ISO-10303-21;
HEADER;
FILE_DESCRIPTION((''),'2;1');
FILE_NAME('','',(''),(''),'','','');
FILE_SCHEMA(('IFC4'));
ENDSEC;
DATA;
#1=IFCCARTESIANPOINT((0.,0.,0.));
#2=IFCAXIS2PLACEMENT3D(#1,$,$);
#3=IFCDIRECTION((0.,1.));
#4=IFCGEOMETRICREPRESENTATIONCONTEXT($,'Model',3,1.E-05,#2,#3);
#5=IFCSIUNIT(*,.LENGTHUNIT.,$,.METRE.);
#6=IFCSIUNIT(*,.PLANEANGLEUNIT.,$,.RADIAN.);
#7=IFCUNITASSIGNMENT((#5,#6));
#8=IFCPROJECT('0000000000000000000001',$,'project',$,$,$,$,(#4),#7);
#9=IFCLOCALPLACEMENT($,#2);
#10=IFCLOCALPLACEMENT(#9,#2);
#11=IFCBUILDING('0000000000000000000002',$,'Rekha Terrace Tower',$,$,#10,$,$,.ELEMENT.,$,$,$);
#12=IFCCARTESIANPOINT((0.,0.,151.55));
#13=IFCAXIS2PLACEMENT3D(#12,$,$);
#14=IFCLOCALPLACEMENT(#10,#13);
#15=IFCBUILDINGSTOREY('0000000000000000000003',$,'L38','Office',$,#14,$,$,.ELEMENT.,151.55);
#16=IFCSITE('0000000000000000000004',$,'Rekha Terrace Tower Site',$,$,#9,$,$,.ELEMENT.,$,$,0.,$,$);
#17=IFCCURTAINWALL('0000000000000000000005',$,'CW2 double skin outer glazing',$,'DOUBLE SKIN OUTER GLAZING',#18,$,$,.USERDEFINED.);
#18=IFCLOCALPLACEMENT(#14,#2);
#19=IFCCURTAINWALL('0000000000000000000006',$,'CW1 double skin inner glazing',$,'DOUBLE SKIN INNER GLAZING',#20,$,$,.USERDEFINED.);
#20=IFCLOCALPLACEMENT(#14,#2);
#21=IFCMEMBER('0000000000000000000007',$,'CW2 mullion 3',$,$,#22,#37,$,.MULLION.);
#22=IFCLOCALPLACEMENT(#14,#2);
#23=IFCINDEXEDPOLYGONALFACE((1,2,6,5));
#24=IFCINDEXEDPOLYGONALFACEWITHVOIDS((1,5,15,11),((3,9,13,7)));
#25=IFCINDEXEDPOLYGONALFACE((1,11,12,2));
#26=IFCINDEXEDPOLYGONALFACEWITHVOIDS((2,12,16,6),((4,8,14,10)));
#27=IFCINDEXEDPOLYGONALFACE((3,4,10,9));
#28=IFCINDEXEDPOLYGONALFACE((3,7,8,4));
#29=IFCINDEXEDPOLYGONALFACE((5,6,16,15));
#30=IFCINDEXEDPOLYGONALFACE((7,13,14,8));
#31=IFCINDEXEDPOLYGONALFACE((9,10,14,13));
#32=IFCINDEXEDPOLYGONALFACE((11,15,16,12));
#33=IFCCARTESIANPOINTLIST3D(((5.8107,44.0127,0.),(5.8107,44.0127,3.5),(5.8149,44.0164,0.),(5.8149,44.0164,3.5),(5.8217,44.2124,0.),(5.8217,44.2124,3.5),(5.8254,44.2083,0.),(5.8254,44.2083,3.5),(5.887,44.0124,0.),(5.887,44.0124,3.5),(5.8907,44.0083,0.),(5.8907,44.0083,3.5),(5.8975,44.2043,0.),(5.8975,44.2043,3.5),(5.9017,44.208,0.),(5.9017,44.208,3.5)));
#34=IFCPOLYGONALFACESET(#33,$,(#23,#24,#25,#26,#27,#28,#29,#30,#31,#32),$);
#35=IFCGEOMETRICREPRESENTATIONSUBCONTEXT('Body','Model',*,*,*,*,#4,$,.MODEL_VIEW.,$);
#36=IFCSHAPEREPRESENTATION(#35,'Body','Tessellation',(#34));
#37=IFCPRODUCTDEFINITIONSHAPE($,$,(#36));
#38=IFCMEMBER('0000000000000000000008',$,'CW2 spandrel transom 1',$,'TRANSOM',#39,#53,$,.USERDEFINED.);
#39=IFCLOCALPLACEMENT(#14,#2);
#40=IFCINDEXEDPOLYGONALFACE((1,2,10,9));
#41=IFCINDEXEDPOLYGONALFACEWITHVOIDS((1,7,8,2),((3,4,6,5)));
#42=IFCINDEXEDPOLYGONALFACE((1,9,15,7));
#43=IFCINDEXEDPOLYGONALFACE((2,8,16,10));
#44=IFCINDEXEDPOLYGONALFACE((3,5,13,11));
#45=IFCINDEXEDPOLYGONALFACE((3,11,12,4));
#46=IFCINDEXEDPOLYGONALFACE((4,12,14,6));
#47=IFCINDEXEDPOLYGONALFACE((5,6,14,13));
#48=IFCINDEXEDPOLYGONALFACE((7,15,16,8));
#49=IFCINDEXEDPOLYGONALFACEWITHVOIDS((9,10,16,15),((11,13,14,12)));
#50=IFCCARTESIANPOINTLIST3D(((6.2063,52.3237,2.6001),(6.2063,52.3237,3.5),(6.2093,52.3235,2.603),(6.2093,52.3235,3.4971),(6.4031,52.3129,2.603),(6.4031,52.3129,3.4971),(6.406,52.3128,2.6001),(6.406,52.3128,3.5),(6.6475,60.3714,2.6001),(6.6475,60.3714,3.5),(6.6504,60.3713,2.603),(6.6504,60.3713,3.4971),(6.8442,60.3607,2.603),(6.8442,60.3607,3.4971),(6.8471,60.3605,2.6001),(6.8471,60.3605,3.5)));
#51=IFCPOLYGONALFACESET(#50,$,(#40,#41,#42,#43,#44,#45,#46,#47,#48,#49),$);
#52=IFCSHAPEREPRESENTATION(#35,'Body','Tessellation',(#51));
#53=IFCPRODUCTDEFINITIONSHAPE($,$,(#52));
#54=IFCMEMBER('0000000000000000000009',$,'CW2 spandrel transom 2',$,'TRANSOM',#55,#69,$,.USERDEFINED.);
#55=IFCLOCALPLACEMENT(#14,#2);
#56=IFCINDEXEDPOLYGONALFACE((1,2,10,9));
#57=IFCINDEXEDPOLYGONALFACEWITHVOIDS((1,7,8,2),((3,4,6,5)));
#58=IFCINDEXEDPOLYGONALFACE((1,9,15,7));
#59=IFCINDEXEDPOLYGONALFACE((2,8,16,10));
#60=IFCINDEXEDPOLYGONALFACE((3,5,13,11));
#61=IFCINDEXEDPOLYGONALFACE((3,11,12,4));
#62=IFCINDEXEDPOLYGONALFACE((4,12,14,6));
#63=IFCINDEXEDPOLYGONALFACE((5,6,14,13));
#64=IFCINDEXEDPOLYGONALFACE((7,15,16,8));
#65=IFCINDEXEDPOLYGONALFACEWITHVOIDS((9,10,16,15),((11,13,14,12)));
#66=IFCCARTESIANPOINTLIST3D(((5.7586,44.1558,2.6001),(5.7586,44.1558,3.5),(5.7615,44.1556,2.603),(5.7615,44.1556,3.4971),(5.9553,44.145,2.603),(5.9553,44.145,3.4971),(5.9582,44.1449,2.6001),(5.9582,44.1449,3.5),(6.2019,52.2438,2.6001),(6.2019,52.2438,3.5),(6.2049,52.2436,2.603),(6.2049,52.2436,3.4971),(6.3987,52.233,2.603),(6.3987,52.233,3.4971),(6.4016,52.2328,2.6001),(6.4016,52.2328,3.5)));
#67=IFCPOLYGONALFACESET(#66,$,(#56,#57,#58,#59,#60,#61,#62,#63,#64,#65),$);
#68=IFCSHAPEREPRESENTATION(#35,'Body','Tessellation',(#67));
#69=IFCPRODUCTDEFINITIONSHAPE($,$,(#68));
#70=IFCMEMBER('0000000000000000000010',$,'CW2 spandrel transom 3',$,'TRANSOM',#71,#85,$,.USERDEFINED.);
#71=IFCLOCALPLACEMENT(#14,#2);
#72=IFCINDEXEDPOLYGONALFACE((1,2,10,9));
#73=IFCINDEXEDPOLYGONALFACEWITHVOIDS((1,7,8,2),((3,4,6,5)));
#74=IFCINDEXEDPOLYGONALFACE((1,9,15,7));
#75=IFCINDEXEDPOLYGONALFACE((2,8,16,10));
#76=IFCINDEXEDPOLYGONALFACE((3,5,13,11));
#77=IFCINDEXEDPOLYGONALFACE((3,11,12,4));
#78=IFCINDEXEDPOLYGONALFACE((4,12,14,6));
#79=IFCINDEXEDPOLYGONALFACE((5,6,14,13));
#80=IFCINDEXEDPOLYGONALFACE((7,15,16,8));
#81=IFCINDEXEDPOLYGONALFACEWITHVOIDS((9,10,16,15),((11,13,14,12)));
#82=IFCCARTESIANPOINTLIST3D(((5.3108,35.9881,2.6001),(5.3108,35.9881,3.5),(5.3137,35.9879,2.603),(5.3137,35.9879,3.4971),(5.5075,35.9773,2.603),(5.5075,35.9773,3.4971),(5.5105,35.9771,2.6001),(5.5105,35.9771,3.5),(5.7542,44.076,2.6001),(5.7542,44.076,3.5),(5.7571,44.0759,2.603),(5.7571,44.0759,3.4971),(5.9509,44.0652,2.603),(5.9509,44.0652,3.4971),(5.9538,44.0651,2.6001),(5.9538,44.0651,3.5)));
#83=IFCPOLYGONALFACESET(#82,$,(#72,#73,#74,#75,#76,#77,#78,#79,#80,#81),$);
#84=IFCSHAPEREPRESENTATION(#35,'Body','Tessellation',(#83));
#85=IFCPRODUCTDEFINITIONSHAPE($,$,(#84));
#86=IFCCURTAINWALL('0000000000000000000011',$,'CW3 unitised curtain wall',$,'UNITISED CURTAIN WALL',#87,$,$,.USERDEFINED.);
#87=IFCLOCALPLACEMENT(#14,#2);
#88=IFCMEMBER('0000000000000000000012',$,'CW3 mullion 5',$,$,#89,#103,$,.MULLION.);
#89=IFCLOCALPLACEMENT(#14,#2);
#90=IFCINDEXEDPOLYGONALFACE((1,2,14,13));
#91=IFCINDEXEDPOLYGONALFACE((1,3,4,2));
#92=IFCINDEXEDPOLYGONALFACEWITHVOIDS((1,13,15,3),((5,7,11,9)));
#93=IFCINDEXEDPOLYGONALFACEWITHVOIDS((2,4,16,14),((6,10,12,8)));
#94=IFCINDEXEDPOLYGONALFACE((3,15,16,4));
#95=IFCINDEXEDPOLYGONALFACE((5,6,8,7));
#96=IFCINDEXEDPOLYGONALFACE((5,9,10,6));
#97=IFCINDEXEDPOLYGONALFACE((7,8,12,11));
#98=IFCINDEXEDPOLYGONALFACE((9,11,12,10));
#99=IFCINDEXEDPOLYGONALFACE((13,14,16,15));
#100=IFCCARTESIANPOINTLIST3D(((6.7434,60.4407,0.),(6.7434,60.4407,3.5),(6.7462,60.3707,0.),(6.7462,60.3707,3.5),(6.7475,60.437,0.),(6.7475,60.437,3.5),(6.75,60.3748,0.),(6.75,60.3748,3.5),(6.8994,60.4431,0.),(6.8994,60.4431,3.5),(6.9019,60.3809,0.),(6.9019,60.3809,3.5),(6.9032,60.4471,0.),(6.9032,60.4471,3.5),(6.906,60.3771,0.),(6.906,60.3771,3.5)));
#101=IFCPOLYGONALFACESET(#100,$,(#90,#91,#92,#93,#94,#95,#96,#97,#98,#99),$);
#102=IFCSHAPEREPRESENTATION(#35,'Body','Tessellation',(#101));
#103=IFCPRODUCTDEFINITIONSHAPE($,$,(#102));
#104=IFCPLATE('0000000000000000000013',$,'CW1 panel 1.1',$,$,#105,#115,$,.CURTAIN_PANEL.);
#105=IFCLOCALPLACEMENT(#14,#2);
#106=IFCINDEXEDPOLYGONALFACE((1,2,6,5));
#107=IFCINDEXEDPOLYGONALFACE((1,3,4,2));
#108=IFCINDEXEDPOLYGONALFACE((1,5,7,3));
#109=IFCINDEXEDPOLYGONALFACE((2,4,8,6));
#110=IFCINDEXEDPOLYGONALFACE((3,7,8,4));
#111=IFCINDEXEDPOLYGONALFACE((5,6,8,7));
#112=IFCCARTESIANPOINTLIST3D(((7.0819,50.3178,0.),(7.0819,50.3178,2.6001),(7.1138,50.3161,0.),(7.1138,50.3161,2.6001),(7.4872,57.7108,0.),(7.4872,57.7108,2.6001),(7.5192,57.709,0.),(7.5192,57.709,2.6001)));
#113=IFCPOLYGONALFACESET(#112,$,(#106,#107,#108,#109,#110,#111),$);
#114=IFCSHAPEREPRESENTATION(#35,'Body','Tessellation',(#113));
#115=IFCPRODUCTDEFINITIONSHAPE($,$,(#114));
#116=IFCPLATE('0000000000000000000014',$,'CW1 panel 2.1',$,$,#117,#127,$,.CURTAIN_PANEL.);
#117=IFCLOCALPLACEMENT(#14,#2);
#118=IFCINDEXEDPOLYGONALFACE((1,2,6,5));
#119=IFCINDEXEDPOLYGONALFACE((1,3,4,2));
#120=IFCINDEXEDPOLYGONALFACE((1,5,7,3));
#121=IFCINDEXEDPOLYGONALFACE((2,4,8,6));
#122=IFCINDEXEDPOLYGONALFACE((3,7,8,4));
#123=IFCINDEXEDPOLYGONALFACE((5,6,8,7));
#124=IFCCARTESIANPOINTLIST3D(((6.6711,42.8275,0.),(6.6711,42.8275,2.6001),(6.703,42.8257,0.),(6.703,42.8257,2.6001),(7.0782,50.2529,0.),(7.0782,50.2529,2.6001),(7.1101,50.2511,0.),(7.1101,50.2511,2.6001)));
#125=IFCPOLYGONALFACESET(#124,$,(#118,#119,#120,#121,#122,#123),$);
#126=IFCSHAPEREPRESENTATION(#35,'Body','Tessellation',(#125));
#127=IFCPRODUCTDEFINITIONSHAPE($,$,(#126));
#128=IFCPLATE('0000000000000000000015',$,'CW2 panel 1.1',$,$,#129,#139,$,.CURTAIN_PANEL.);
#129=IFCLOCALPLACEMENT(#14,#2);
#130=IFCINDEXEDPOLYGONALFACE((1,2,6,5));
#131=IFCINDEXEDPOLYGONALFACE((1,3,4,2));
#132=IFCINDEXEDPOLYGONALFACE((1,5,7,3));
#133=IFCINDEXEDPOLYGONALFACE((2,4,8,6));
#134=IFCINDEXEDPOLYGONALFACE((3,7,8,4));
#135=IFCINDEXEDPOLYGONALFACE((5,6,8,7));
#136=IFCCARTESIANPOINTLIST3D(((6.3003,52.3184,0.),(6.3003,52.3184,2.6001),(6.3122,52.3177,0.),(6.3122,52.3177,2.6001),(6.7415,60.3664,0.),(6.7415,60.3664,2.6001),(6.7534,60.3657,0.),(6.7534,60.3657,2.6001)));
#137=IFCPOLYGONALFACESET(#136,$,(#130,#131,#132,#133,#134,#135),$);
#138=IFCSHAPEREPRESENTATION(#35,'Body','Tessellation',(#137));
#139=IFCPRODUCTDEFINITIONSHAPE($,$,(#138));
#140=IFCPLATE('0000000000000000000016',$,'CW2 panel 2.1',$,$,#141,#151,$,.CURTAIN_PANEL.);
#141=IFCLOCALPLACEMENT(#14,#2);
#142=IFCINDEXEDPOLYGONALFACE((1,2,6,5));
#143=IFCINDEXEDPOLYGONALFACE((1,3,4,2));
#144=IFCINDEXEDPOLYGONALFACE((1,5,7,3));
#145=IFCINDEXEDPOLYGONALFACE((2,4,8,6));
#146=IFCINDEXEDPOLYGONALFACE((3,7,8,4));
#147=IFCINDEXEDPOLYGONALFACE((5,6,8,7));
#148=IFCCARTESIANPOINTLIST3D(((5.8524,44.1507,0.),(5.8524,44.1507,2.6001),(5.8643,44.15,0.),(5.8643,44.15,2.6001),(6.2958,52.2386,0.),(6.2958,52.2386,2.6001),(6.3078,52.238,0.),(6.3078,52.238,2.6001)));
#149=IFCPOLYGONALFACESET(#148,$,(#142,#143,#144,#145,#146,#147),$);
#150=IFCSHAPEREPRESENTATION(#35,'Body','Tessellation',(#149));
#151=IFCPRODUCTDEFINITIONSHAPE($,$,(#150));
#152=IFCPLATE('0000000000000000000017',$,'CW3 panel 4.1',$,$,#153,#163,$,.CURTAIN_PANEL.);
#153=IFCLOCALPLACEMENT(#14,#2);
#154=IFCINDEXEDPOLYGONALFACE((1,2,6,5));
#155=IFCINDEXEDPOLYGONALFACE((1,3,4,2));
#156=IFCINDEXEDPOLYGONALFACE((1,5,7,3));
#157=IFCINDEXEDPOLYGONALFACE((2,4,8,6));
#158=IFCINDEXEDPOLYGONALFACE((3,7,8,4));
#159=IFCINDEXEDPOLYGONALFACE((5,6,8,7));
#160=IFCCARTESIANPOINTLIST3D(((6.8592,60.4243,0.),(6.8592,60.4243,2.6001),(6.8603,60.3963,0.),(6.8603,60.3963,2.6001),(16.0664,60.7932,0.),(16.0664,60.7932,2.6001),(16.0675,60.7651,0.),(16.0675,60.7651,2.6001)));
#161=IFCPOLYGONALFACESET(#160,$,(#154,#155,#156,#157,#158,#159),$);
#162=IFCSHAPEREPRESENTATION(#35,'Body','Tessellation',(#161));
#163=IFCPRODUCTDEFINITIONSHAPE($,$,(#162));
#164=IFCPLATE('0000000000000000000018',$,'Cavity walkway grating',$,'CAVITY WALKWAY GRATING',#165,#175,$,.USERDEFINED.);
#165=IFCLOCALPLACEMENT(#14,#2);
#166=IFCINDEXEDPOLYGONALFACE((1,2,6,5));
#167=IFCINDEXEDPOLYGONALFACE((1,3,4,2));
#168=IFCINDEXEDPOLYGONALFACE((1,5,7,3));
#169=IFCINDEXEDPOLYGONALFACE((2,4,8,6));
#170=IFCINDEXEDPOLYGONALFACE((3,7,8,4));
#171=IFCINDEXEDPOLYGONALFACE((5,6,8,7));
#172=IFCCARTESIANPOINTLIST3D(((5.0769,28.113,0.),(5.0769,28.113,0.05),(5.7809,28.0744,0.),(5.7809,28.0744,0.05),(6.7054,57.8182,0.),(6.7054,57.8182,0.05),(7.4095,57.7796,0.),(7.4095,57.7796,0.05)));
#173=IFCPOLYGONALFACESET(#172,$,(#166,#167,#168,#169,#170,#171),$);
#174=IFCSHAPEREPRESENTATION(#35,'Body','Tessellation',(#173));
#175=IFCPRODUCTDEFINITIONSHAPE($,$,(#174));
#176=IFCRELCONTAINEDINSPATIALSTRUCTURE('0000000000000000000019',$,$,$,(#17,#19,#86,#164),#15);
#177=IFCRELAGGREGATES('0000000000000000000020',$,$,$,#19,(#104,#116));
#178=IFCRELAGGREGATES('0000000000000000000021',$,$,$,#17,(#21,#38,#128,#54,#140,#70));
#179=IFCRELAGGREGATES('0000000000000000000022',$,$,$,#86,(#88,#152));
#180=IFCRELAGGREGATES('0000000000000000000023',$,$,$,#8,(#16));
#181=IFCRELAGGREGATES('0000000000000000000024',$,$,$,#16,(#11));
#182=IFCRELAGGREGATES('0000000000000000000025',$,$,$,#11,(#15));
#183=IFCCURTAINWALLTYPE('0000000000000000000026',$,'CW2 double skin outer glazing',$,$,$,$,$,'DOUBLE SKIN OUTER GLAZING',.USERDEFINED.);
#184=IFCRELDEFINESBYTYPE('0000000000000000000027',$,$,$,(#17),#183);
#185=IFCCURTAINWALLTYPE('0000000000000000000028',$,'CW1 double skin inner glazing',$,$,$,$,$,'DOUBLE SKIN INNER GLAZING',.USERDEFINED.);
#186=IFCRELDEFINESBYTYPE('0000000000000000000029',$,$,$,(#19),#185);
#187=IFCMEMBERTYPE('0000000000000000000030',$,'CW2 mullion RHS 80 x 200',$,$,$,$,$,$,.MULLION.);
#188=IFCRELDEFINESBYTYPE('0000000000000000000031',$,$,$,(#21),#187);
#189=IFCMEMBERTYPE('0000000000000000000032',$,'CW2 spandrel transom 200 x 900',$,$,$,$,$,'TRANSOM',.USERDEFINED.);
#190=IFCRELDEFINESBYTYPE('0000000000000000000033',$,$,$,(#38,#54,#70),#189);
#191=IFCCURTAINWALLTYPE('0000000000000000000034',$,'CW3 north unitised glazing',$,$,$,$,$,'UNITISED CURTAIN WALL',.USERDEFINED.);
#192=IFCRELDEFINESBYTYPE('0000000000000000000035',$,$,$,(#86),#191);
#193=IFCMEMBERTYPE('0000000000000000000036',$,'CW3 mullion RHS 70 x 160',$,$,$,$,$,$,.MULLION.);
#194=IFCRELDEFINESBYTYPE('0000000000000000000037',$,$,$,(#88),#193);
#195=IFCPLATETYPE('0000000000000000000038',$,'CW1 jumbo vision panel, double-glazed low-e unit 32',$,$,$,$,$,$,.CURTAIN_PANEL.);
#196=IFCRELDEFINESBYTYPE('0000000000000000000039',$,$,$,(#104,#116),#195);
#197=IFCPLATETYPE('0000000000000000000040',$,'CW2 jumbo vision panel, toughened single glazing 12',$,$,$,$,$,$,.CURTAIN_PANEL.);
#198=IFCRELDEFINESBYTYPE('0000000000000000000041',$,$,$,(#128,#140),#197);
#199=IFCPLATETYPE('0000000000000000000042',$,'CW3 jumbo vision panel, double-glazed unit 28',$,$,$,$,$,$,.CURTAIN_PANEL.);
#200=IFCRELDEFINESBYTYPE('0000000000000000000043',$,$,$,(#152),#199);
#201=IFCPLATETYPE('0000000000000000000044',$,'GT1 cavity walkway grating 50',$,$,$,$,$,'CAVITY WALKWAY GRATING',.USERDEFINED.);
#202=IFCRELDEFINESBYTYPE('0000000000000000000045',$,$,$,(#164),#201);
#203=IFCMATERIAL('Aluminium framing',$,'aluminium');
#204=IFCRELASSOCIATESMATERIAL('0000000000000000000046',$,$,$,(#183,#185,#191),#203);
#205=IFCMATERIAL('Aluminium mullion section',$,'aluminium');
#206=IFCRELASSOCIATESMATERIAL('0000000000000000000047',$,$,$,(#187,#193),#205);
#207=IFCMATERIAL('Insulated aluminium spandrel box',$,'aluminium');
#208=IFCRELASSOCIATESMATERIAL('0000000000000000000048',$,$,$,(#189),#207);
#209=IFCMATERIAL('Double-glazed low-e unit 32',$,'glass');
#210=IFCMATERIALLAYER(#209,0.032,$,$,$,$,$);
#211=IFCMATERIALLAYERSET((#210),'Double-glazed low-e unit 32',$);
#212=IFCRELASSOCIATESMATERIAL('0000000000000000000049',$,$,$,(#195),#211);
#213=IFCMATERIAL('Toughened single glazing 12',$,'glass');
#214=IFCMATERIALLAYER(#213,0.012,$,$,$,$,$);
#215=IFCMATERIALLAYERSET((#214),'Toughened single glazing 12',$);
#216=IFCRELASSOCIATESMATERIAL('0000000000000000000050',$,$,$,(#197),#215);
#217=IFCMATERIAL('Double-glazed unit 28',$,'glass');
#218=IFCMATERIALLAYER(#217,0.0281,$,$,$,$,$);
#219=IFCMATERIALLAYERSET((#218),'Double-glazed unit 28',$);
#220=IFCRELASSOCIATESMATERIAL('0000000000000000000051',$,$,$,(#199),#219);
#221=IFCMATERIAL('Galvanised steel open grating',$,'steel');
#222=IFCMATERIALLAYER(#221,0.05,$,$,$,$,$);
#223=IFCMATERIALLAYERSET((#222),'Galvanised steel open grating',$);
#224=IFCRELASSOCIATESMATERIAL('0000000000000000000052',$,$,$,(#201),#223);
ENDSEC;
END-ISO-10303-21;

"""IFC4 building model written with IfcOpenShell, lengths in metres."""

from ifc_helpers import new_model, si_unit, direction, frame, origin, origin_2d, place, context, subcontext, project, spatial, rectangle, hollow_rectangle, extrude, material, layer, layer_set, material_profile, profile_set, type_object, element, aggregate, save


model = new_model("IFC4")

# Units and contexts
model_context = context("Model", 3, precision=1e-05, world=origin(), true_north=direction((0.0, 1.0)))
body_context = subcontext(model_context, "Body", "Model", "MODEL_VIEW")
ifc_project = project(units=[si_unit("LENGTHUNIT", "METRE"), si_unit("PLANEANGLEUNIT", "RADIAN")], contexts=[model_context])

# Site, building, storey
site_placement = place(None, origin())
site = spatial("IfcSite", under=ifc_project, at=site_placement, Name="Rekha Terrace Tower Site", CompositionType="ELEMENT", RefElevation=0.0)
building_placement = place(site_placement, origin())
building = spatial("IfcBuilding", under=site, at=building_placement, Name="Rekha Terrace Tower", CompositionType="ELEMENT")
storey_placement = place(building_placement, frame((0.0, 0.0, 151.55)))
storey = spatial("IfcBuildingStorey", under=building, at=storey_placement, Name="L38", Description="Office", CompositionType="ELEMENT", Elevation=151.55)

# Curtain walls
ifc_material_1 = material(Name="Aluminium framing", Category="aluminium")
curtain_wall_type_1 = type_object("IfcCurtainWallType", Name="CW2 double skin outer glazing", ElementType="DOUBLE SKIN OUTER GLAZING", PredefinedType="USERDEFINED", material=ifc_material_1)
curtain_wall_1_placement = place(storey_placement, origin())
curtain_wall_1 = element("IfcCurtainWall", 1, at=curtain_wall_1_placement, inside=storey, type_object=curtain_wall_type_1, Name="CW2 double skin outer glazing", ObjectType="DOUBLE SKIN OUTER GLAZING", PredefinedType="USERDEFINED")
curtain_wall_type_2 = type_object("IfcCurtainWallType", Name="CW1 double skin inner glazing", ElementType="DOUBLE SKIN INNER GLAZING", PredefinedType="USERDEFINED", material=ifc_material_1)
curtain_wall_2_placement = place(storey_placement, origin())
curtain_wall_2 = element("IfcCurtainWall", 2, at=curtain_wall_2_placement, inside=storey, type_object=curtain_wall_type_2, Name="CW1 double skin inner glazing", ObjectType="DOUBLE SKIN INNER GLAZING", PredefinedType="USERDEFINED")
ifc_material_2 = material(Name="Aluminium mullion section", Category="aluminium")
ifc_material_3 = material(Name="Insulated aluminium spandrel box", Category="aluminium")

# Members
ifc_material_profile_1 = material_profile(ifc_material_2, hollow_rectangle(XDim=0.0801, YDim=0.2, WallThickness=0.0039, at=origin_2d()), Name="AL RHS 80x200")
ifc_profile_set_1 = profile_set([ifc_material_profile_1], Name="Aluminium mullion section")
member_type_1 = type_object("IfcMemberType", Name="CW2 mullion RHS 80 x 200", PredefinedType="MULLION", material=ifc_profile_set_1)
member_1_placement = place(storey_placement, frame((5.8562, 44.1104, 0.0), z_axis=(0.0, 0.0, 1.0), x_axis=(0.998501, -0.054742, 0.0)))
member_1 = element("IfcMember", 3, at=member_1_placement, type_object=member_type_1, Name="CW2 mullion 3", PredefinedType="MULLION", context=body_context, shape_type="SweptSolid", body=[
    extrude(hollow_rectangle(XDim=0.0801, YDim=0.2, WallThickness=0.0039, at=origin_2d()), origin(), (0.0, 0.0, 1.0), 3.5),
])
ifc_material_profile_2 = material_profile(ifc_material_3, hollow_rectangle(XDim=0.2, YDim=0.8999, WallThickness=0.0029, at=origin_2d()), Name="AL SPANDREL BOX 200x900")
ifc_profile_set_2 = profile_set([ifc_material_profile_2], Name="Insulated aluminium spandrel box")
member_type_2 = type_object("IfcMemberType", Name="CW2 spandrel transom 200 x 900", ElementType="TRANSOM", PredefinedType="USERDEFINED", material=ifc_profile_set_2)
member_2_placement = place(storey_placement, frame((6.7473, 60.366, 3.05), z_axis=(-0.054735, -0.998501, 0.0), x_axis=(0.998501, -0.054735, 0.0)))
member_2 = element("IfcMember", 4, at=member_2_placement, type_object=member_type_2, Name="CW2 spandrel transom 1", ObjectType="TRANSOM", PredefinedType="USERDEFINED", context=body_context, shape_type="SweptSolid", body=[
    extrude(hollow_rectangle(XDim=0.2, YDim=0.8999, WallThickness=0.0029, at=origin_2d()), origin(), (0.0, 0.0, 1.0), 8.0598),
])
member_3_placement = place(storey_placement, frame((6.3018, 52.2383, 3.05), z_axis=(-0.054735, -0.998501, 0.0), x_axis=(0.998501, -0.054735, 0.0)))
member_3 = element("IfcMember", 5, at=member_3_placement, type_object=member_type_2, Name="CW2 spandrel transom 2", ObjectType="TRANSOM", PredefinedType="USERDEFINED", context=body_context, shape_type="SweptSolid", body=[
    extrude(hollow_rectangle(XDim=0.2, YDim=0.8999, WallThickness=0.0029, at=origin_2d()), origin(), (0.0, 0.0, 1.0), 8.1001),
])
member_4_placement = place(storey_placement, frame((5.854, 44.0706, 3.05), z_axis=(-0.054735, -0.998501, 0.0), x_axis=(0.998501, -0.054735, 0.0)))
member_4 = element("IfcMember", 6, at=member_4_placement, type_object=member_type_2, Name="CW2 spandrel transom 3", ObjectType="TRANSOM", PredefinedType="USERDEFINED", context=body_context, shape_type="SweptSolid", body=[
    extrude(hollow_rectangle(XDim=0.2, YDim=0.8999, WallThickness=0.0029, at=origin_2d()), origin(), (0.0, 0.0, 1.0), 8.1001),
])

# Curtain wall, member
curtain_wall_type_3 = type_object("IfcCurtainWallType", Name="CW3 north unitised glazing", ElementType="UNITISED CURTAIN WALL", PredefinedType="USERDEFINED", material=ifc_material_1)
curtain_wall_3_placement = place(storey_placement, origin())
curtain_wall_3 = element("IfcCurtainWall", 7, at=curtain_wall_3_placement, inside=storey, type_object=curtain_wall_type_3, Name="CW3 unitised curtain wall", ObjectType="UNITISED CURTAIN WALL", PredefinedType="USERDEFINED")
ifc_material_profile_3 = material_profile(ifc_material_2, hollow_rectangle(XDim=0.0701, YDim=0.1599, WallThickness=0.0039, at=origin_2d()), Name="AL RHS 70x160")
ifc_profile_set_3 = profile_set([ifc_material_profile_3], Name="Aluminium mullion section")
member_type_3 = type_object("IfcMemberType", Name="CW3 mullion RHS 70 x 160", PredefinedType="MULLION", material=ifc_profile_set_3)
member_5_placement = place(storey_placement, frame((6.8247, 60.4089, 0.0), z_axis=(0.0, 0.0, 1.0), x_axis=(0.040032, -0.999198, 0.0)))
member_5 = element("IfcMember", 8, at=member_5_placement, type_object=member_type_3, Name="CW3 mullion 5", PredefinedType="MULLION", context=body_context, shape_type="SweptSolid", body=[
    extrude(hollow_rectangle(XDim=0.0701, YDim=0.1599, WallThickness=0.0039, at=origin_2d()), origin(), (0.0, 0.0, 1.0), 3.5),
])

# Plates
ifc_material_4 = material(Name="Double-glazed low-e unit 32", Category="glass")
ifc_layer_1 = layer(ifc_material_4, 0.032)
ifc_layer_set_1 = layer_set([ifc_layer_1], Name="Double-glazed low-e unit 32")
plate_type_1 = type_object("IfcPlateType", Name="CW1 jumbo vision panel, double-glazed low-e unit 32", PredefinedType="CURTAIN_PANEL", material=ifc_layer_set_1)
plate_1_placement = place(storey_placement, frame((7.3005, 54.0134, 0.0), z_axis=(0.0, 0.0, 1.0), x_axis=(-0.054742, -0.998501, 0.0)))
plate_1 = element("IfcPlate", 9, at=plate_1_placement, type_object=plate_type_1, Name="CW1 panel 1.1", PredefinedType="CURTAIN_PANEL", context=body_context, shape_type="SweptSolid", body=[
    extrude(rectangle(XDim=7.4041, YDim=0.032, at=origin_2d()), origin(), (0.0, 0.0, 1.0), 2.6001),
])
plate_2_placement = place(storey_placement, frame((6.8906, 46.5393, 0.0), z_axis=(0.0, 0.0, 1.0), x_axis=(-0.054742, -0.998501, 0.0)))
plate_2 = element("IfcPlate", 10, at=plate_2_placement, type_object=plate_type_1, Name="CW1 panel 2.1", PredefinedType="CURTAIN_PANEL", context=body_context, shape_type="SweptSolid", body=[
    extrude(rectangle(XDim=7.4365, YDim=0.032, at=origin_2d()), origin(), (0.0, 0.0, 1.0), 2.6001),
])
aggregate(curtain_wall_2, [plate_1, plate_2])
ifc_material_5 = material(Name="Toughened single glazing 12", Category="glass")
ifc_layer_2 = layer(ifc_material_5, 0.012)
ifc_layer_set_2 = layer_set([ifc_layer_2], Name="Toughened single glazing 12")
plate_type_2 = type_object("IfcPlateType", Name="CW2 jumbo vision panel, toughened single glazing 12", PredefinedType="CURTAIN_PANEL", material=ifc_layer_set_2)
plate_3_placement = place(storey_placement, frame((6.5269, 56.342, 0.0), z_axis=(0.0, 0.0, 1.0), x_axis=(-0.054742, -0.998501, 0.0)))
plate_3 = element("IfcPlate", 11, at=plate_3_placement, type_object=plate_type_2, Name="CW2 panel 1.1", PredefinedType="CURTAIN_PANEL", context=body_context, shape_type="SweptSolid", body=[
    extrude(rectangle(XDim=8.0601, YDim=0.012, at=origin_2d()), origin(), (0.0, 0.0, 1.0), 2.6001),
])
plate_4_placement = place(storey_placement, frame((6.0801, 48.1943, 0.0), z_axis=(0.0, 0.0, 1.0), x_axis=(-0.054742, -0.998501, 0.0)))
plate_4 = element("IfcPlate", 12, at=plate_4_placement, type_object=plate_type_2, Name="CW2 panel 2.1", PredefinedType="CURTAIN_PANEL", context=body_context, shape_type="SweptSolid", body=[
    extrude(rectangle(XDim=8.1001, YDim=0.012, at=origin_2d()), origin(), (0.0, 0.0, 1.0), 2.6001),
])
aggregate(curtain_wall_1, [member_1, member_2, plate_3, member_3, plate_4, member_4])
ifc_material_6 = material(Name="Double-glazed unit 28", Category="glass")
ifc_layer_3 = layer(ifc_material_6, 0.0281)
ifc_layer_set_3 = layer_set([ifc_layer_3], Name="Double-glazed unit 28")
plate_type_3 = type_object("IfcPlateType", Name="CW3 jumbo vision panel, double-glazed unit 28", PredefinedType="CURTAIN_PANEL", material=ifc_layer_set_3)
plate_5_placement = place(storey_placement, frame((11.4634, 60.5947, 0.0), z_axis=(0.0, 0.0, 1.0), x_axis=(-0.999198, -0.040032, 0.0)))
plate_5 = element("IfcPlate", 13, at=plate_5_placement, type_object=plate_type_3, Name="CW3 panel 4.1", PredefinedType="CURTAIN_PANEL", context=body_context, shape_type="SweptSolid", body=[
    extrude(rectangle(XDim=9.2146, YDim=0.0281, at=origin_2d()), origin(), (0.0, 0.0, 1.0), 2.6001),
])
aggregate(curtain_wall_3, [member_5, plate_5])
ifc_material_7 = material(Name="Galvanised steel open grating", Category="steel")
ifc_layer_4 = layer(ifc_material_7, 0.05)
ifc_layer_set_4 = layer_set([ifc_layer_4], Name="Galvanised steel open grating")
plate_type_4 = type_object("IfcPlateType", Name="GT1 cavity walkway grating 50", ElementType="CAVITY WALKWAY GRATING", PredefinedType="USERDEFINED", material=ifc_layer_set_4)
plate_6_placement = place(storey_placement, frame((6.2432, 42.9463, 0.0), z_axis=(0.0, 0.0, 1.0), x_axis=(-0.054742, -0.998501, 0.0)))
element("IfcPlate", 14, at=plate_6_placement, inside=storey, type_object=plate_type_4, Name="Cavity walkway grating", ObjectType="CAVITY WALKWAY GRATING", PredefinedType="USERDEFINED", context=body_context, shape_type="SweptSolid", body=[
    extrude(rectangle(XDim=29.7498, YDim=0.7051, at=origin_2d()), origin(), (0.0, 0.0, 1.0), 0.05),
])

save(model, "model.ifc")
